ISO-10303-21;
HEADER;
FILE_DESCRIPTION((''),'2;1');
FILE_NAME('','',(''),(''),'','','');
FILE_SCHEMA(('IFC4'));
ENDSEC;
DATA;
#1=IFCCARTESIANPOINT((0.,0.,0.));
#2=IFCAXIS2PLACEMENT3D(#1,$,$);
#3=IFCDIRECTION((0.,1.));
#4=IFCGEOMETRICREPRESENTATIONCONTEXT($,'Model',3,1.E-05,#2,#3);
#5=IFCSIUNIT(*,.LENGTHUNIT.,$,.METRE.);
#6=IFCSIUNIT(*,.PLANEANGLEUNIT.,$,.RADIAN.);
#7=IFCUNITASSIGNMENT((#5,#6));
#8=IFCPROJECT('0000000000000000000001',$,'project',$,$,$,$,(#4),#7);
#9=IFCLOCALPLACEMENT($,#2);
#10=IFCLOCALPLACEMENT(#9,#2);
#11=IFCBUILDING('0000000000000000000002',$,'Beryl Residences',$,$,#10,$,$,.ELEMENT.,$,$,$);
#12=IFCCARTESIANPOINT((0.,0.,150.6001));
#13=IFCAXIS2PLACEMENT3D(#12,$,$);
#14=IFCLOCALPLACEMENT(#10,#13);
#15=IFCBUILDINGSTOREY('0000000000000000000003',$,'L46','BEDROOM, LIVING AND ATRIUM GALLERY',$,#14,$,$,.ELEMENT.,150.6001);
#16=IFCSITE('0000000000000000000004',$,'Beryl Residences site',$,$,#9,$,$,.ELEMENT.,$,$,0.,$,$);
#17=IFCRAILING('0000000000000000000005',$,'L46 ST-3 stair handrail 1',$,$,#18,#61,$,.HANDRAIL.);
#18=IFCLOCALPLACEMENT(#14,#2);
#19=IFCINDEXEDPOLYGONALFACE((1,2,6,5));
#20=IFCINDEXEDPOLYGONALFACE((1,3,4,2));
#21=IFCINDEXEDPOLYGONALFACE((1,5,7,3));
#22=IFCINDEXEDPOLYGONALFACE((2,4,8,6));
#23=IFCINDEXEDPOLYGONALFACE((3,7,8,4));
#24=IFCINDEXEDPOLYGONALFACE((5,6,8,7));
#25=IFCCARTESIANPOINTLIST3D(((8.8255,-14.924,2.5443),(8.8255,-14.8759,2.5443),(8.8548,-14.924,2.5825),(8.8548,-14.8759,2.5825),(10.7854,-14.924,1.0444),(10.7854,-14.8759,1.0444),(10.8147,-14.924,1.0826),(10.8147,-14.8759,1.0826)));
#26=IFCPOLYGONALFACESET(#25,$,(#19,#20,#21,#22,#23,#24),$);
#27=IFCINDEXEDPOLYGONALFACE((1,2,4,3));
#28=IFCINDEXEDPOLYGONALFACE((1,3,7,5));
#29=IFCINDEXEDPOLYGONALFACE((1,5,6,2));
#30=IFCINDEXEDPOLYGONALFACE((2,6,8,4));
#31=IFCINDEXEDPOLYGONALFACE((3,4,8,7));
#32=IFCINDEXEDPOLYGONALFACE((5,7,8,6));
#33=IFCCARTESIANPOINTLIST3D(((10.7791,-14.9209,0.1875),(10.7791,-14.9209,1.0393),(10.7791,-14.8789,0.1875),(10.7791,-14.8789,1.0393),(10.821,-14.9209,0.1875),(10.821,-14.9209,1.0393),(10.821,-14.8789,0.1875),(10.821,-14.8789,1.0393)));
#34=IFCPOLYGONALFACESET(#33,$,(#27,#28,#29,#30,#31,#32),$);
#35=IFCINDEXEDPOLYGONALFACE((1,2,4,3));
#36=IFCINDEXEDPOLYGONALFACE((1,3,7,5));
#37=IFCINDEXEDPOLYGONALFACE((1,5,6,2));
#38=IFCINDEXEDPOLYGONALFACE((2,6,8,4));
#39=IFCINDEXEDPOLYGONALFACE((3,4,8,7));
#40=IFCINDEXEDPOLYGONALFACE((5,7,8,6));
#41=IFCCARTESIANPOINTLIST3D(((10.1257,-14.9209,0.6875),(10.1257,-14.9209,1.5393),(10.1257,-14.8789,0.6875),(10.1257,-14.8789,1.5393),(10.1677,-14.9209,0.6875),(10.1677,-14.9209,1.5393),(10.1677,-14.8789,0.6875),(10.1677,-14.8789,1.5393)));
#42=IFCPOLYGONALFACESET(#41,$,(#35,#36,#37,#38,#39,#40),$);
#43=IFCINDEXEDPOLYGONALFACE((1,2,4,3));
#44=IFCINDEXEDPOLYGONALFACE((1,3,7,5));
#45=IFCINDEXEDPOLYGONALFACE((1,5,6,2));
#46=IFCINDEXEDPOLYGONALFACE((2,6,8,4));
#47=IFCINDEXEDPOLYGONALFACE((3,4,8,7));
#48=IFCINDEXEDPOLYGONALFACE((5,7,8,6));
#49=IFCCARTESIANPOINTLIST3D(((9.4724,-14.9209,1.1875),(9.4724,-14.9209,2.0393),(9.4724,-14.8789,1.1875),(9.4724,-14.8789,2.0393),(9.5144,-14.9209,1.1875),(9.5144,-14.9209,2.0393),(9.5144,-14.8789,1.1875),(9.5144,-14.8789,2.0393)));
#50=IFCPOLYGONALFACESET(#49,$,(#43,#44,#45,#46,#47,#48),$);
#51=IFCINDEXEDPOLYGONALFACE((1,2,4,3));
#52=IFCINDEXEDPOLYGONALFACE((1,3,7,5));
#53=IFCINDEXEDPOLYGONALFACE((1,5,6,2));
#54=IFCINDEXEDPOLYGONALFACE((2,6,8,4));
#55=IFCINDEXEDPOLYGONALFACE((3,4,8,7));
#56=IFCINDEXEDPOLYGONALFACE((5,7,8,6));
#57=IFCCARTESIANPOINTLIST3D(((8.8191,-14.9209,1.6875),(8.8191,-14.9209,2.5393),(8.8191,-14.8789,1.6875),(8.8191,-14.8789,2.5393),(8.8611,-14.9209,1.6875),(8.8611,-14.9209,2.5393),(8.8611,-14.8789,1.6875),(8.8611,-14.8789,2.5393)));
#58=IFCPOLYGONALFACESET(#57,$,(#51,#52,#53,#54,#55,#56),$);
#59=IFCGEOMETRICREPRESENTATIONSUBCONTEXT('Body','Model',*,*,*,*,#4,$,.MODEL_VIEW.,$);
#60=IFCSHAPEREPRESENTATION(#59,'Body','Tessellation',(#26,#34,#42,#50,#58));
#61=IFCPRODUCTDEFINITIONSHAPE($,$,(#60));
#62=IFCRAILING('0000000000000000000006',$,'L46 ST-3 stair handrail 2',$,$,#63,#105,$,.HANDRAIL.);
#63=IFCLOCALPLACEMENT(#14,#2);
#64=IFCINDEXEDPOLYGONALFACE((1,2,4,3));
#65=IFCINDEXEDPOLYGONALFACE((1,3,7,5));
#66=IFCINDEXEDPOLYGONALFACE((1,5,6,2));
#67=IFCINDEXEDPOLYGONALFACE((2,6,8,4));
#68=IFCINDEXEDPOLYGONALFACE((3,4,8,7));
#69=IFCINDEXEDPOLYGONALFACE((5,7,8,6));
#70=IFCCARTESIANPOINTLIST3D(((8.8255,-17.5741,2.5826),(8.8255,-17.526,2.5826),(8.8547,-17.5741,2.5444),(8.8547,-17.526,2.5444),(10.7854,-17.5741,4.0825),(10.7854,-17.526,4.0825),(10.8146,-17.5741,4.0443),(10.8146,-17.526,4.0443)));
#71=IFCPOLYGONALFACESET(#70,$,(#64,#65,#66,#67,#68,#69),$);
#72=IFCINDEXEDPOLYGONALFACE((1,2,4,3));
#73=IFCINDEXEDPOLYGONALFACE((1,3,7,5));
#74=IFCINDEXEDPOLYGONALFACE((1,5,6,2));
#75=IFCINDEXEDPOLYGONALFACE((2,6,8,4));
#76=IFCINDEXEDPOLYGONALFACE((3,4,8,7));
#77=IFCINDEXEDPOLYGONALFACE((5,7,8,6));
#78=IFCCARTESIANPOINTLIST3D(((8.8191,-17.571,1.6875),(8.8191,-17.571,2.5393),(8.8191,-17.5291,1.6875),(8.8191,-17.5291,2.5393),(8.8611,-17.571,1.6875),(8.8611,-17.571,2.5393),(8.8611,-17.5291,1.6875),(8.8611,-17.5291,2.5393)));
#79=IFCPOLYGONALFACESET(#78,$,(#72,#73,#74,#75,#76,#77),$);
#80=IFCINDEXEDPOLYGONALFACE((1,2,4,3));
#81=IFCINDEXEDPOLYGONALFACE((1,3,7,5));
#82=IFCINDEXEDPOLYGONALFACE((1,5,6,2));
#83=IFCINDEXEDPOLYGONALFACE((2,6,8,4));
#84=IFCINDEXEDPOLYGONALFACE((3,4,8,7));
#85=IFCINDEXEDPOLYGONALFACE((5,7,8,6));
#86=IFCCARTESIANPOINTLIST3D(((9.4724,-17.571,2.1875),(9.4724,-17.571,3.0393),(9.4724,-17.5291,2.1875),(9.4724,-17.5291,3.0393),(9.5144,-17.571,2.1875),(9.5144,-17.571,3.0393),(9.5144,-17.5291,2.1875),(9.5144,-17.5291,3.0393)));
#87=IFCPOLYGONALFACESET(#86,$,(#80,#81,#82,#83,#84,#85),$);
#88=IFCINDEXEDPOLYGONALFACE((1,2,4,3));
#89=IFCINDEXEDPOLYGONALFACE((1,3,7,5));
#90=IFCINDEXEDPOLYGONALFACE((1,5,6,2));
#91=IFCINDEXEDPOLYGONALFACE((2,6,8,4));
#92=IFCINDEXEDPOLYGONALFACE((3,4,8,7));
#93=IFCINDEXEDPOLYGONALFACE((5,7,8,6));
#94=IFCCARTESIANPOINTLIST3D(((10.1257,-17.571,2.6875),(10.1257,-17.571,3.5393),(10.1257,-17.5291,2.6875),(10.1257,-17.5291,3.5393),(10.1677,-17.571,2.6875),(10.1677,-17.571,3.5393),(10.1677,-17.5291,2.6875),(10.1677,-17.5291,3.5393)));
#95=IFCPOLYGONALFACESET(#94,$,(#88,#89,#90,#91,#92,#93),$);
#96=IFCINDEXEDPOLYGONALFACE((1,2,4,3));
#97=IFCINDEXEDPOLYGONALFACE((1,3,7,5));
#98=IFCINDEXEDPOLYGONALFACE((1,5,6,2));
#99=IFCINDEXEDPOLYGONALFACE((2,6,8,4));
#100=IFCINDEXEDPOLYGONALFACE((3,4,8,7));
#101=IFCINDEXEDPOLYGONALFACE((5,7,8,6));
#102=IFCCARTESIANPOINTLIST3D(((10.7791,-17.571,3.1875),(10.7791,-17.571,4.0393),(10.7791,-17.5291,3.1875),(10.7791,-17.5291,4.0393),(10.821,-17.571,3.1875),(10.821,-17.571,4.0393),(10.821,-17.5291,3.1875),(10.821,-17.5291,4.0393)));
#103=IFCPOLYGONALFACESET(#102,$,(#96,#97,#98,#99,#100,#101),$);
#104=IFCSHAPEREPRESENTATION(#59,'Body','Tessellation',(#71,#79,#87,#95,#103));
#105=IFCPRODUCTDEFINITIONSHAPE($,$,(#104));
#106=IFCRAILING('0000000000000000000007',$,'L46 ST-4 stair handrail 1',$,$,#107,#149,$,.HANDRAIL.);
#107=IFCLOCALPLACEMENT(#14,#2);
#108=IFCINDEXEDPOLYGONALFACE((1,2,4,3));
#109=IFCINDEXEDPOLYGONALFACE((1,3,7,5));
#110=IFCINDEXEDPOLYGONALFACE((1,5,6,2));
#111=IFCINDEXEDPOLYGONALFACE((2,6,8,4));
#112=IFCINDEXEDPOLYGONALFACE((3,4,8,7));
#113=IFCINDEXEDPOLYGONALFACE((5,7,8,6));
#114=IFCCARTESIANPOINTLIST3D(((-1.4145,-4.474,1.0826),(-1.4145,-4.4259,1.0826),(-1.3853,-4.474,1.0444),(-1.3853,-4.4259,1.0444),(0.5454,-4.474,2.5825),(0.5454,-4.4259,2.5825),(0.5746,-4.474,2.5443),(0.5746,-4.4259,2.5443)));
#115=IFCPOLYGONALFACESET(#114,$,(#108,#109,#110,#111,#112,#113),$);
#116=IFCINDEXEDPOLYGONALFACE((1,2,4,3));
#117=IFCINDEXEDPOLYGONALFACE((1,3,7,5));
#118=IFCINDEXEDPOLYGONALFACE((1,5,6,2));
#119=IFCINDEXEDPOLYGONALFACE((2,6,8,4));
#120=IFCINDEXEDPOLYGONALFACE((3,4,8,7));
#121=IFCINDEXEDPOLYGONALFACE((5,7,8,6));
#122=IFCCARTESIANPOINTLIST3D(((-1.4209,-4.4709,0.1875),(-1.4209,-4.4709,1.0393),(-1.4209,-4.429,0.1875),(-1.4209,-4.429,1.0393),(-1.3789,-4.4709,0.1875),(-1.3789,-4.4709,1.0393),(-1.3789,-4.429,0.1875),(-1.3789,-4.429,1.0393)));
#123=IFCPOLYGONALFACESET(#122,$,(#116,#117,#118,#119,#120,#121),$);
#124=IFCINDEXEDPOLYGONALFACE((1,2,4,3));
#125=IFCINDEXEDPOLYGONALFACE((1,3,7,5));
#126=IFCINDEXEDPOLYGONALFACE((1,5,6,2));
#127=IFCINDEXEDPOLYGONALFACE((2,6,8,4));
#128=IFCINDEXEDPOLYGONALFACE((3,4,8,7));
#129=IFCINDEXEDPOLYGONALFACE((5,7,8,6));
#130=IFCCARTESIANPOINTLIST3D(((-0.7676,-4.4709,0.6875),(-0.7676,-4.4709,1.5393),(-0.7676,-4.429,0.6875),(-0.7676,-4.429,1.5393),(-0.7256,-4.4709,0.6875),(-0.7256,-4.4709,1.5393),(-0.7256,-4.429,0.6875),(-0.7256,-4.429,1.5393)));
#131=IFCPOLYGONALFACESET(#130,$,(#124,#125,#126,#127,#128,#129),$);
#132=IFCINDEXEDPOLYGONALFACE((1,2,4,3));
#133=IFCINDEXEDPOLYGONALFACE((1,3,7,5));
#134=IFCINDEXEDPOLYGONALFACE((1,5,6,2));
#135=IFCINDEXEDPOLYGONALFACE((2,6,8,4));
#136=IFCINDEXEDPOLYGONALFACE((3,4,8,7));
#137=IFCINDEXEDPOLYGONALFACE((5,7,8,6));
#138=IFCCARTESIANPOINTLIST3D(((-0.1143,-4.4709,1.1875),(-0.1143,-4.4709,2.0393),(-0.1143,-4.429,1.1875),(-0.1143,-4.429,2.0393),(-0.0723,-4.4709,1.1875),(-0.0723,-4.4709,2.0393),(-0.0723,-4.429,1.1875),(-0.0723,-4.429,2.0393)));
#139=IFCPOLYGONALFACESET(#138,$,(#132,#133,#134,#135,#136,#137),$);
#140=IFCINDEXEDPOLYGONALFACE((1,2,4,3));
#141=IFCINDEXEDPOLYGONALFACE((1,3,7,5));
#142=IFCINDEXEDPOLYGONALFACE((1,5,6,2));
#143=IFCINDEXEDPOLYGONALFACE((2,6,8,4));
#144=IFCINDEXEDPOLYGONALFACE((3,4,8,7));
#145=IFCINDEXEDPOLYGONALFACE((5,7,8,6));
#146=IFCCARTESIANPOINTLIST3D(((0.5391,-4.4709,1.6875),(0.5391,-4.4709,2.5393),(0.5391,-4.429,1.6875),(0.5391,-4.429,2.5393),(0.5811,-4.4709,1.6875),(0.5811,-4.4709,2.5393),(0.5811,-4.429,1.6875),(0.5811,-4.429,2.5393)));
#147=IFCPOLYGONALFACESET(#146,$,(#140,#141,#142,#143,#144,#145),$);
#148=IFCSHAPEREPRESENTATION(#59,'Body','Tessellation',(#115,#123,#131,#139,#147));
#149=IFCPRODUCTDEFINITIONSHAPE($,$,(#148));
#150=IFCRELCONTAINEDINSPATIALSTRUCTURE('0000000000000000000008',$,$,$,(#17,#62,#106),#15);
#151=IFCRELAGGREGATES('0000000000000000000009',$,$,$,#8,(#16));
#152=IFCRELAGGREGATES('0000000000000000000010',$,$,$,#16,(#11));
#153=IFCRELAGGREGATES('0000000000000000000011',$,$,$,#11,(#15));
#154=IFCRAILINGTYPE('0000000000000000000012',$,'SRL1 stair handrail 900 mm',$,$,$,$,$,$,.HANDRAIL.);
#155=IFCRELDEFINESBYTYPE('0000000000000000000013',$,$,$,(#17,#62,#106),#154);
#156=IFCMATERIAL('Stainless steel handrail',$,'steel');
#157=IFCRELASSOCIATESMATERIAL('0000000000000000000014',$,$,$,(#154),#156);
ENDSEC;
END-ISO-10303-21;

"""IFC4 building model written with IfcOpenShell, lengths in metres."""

from ifc_helpers import new_model, si_unit, direction, frame, origin, origin_2d, place, context, subcontext, project, spatial, rectangle, extrude, material, type_object, element, save


model = new_model("IFC4")

# Units and contexts
model_context = context("Model", 3, precision=1e-05, world=origin(), true_north=direction((0.0, 1.0)))
body_context = subcontext(model_context, "Body", "Model", "MODEL_VIEW")
ifc_project = project(units=[si_unit("LENGTHUNIT", "METRE"), si_unit("PLANEANGLEUNIT", "RADIAN")], contexts=[model_context])

# Site, building, storey
site_placement = place(None, origin())
site = spatial("IfcSite", under=ifc_project, at=site_placement, Name="Beryl Residences site", CompositionType="ELEMENT", RefElevation=0.0)
building_placement = place(site_placement, origin())
building = spatial("IfcBuilding", under=site, at=building_placement, Name="Beryl Residences", CompositionType="ELEMENT")
storey_placement = place(building_placement, frame((0.0, 0.0, 150.6001)))
storey = spatial("IfcBuildingStorey", under=building, at=storey_placement, Name="L46", Description="BEDROOM, LIVING AND ATRIUM GALLERY", CompositionType="ELEMENT", Elevation=150.6001)

# Railings
ifc_material_1 = material(Name="Stainless steel handrail", Category="steel")
railing_type_1 = type_object("IfcRailingType", Name="SRL1 stair handrail 900 mm", PredefinedType="HANDRAIL", material=ifc_material_1)
railing_1_placement = place(storey_placement, frame((10.8, -14.8999, 0.1875)))
element("IfcRailing", 1, at=railing_1_placement, inside=storey, type_object=railing_type_1, Name="L46 ST-3 stair handrail 1", PredefinedType="HANDRAIL", context=body_context, shape_type="SweptSolid", body=[
    extrude(rectangle(XDim=0.0481, YDim=0.0481, at=origin_2d()), frame((0.0, 0.0, 0.876), z_axis=(-0.794122, 0.0, 0.607758), x_axis=(0.0, -1.0, 0.0)), (0.0, 0.0, 1.0), 2.468),
    extrude(rectangle(XDim=0.042, YDim=0.042, at=origin_2d()), origin(), (0.0, 0.0, 1.0), 0.8518),
    extrude(rectangle(XDim=0.042, YDim=0.042, at=origin_2d()), frame((-0.6533, 0.0, 0.5)), (0.0, 0.0, 1.0), 0.8518),
    extrude(rectangle(XDim=0.042, YDim=0.042, at=origin_2d()), frame((-1.3066, 0.0, 1.0)), (0.0, 0.0, 1.0), 0.8518),
    extrude(rectangle(XDim=0.042, YDim=0.042, at=origin_2d()), frame((-1.96, 0.0, 1.5)), (0.0, 0.0, 1.0), 0.8518),
])
for number, where, name in (
    (2, (8.8401, -17.55, 1.6875), "L46 ST-3 stair handrail 2"),
    (3, (-1.3999, -4.45, 0.1875), "L46 ST-4 stair handrail 1"),
):
    element("IfcRailing", number, at=place(storey_placement, frame(where)), inside=storey, type_object=railing_type_1, Name=name, PredefinedType="HANDRAIL", context=body_context, shape_type="SweptSolid", body=[
        extrude(rectangle(XDim=0.0481, YDim=0.0481, at=origin_2d()), frame((0.0, 0.0, 0.876), z_axis=(0.794122, 0.0, 0.607758), x_axis=(0.0, 1.0, 0.0)), (0.0, 0.0, 1.0), 2.468),
        extrude(rectangle(XDim=0.042, YDim=0.042, at=origin_2d()), origin(), (0.0, 0.0, 1.0), 0.8518),
        extrude(rectangle(XDim=0.042, YDim=0.042, at=origin_2d()), frame((0.6533, 0.0, 0.5)), (0.0, 0.0, 1.0), 0.8518),
        extrude(rectangle(XDim=0.042, YDim=0.042, at=origin_2d()), frame((1.3066, 0.0, 1.0)), (0.0, 0.0, 1.0), 0.8518),
        extrude(rectangle(XDim=0.042, YDim=0.042, at=origin_2d()), frame((1.96, 0.0, 1.5)), (0.0, 0.0, 1.0), 0.8518),
    ])

save(model, "model.ifc")
